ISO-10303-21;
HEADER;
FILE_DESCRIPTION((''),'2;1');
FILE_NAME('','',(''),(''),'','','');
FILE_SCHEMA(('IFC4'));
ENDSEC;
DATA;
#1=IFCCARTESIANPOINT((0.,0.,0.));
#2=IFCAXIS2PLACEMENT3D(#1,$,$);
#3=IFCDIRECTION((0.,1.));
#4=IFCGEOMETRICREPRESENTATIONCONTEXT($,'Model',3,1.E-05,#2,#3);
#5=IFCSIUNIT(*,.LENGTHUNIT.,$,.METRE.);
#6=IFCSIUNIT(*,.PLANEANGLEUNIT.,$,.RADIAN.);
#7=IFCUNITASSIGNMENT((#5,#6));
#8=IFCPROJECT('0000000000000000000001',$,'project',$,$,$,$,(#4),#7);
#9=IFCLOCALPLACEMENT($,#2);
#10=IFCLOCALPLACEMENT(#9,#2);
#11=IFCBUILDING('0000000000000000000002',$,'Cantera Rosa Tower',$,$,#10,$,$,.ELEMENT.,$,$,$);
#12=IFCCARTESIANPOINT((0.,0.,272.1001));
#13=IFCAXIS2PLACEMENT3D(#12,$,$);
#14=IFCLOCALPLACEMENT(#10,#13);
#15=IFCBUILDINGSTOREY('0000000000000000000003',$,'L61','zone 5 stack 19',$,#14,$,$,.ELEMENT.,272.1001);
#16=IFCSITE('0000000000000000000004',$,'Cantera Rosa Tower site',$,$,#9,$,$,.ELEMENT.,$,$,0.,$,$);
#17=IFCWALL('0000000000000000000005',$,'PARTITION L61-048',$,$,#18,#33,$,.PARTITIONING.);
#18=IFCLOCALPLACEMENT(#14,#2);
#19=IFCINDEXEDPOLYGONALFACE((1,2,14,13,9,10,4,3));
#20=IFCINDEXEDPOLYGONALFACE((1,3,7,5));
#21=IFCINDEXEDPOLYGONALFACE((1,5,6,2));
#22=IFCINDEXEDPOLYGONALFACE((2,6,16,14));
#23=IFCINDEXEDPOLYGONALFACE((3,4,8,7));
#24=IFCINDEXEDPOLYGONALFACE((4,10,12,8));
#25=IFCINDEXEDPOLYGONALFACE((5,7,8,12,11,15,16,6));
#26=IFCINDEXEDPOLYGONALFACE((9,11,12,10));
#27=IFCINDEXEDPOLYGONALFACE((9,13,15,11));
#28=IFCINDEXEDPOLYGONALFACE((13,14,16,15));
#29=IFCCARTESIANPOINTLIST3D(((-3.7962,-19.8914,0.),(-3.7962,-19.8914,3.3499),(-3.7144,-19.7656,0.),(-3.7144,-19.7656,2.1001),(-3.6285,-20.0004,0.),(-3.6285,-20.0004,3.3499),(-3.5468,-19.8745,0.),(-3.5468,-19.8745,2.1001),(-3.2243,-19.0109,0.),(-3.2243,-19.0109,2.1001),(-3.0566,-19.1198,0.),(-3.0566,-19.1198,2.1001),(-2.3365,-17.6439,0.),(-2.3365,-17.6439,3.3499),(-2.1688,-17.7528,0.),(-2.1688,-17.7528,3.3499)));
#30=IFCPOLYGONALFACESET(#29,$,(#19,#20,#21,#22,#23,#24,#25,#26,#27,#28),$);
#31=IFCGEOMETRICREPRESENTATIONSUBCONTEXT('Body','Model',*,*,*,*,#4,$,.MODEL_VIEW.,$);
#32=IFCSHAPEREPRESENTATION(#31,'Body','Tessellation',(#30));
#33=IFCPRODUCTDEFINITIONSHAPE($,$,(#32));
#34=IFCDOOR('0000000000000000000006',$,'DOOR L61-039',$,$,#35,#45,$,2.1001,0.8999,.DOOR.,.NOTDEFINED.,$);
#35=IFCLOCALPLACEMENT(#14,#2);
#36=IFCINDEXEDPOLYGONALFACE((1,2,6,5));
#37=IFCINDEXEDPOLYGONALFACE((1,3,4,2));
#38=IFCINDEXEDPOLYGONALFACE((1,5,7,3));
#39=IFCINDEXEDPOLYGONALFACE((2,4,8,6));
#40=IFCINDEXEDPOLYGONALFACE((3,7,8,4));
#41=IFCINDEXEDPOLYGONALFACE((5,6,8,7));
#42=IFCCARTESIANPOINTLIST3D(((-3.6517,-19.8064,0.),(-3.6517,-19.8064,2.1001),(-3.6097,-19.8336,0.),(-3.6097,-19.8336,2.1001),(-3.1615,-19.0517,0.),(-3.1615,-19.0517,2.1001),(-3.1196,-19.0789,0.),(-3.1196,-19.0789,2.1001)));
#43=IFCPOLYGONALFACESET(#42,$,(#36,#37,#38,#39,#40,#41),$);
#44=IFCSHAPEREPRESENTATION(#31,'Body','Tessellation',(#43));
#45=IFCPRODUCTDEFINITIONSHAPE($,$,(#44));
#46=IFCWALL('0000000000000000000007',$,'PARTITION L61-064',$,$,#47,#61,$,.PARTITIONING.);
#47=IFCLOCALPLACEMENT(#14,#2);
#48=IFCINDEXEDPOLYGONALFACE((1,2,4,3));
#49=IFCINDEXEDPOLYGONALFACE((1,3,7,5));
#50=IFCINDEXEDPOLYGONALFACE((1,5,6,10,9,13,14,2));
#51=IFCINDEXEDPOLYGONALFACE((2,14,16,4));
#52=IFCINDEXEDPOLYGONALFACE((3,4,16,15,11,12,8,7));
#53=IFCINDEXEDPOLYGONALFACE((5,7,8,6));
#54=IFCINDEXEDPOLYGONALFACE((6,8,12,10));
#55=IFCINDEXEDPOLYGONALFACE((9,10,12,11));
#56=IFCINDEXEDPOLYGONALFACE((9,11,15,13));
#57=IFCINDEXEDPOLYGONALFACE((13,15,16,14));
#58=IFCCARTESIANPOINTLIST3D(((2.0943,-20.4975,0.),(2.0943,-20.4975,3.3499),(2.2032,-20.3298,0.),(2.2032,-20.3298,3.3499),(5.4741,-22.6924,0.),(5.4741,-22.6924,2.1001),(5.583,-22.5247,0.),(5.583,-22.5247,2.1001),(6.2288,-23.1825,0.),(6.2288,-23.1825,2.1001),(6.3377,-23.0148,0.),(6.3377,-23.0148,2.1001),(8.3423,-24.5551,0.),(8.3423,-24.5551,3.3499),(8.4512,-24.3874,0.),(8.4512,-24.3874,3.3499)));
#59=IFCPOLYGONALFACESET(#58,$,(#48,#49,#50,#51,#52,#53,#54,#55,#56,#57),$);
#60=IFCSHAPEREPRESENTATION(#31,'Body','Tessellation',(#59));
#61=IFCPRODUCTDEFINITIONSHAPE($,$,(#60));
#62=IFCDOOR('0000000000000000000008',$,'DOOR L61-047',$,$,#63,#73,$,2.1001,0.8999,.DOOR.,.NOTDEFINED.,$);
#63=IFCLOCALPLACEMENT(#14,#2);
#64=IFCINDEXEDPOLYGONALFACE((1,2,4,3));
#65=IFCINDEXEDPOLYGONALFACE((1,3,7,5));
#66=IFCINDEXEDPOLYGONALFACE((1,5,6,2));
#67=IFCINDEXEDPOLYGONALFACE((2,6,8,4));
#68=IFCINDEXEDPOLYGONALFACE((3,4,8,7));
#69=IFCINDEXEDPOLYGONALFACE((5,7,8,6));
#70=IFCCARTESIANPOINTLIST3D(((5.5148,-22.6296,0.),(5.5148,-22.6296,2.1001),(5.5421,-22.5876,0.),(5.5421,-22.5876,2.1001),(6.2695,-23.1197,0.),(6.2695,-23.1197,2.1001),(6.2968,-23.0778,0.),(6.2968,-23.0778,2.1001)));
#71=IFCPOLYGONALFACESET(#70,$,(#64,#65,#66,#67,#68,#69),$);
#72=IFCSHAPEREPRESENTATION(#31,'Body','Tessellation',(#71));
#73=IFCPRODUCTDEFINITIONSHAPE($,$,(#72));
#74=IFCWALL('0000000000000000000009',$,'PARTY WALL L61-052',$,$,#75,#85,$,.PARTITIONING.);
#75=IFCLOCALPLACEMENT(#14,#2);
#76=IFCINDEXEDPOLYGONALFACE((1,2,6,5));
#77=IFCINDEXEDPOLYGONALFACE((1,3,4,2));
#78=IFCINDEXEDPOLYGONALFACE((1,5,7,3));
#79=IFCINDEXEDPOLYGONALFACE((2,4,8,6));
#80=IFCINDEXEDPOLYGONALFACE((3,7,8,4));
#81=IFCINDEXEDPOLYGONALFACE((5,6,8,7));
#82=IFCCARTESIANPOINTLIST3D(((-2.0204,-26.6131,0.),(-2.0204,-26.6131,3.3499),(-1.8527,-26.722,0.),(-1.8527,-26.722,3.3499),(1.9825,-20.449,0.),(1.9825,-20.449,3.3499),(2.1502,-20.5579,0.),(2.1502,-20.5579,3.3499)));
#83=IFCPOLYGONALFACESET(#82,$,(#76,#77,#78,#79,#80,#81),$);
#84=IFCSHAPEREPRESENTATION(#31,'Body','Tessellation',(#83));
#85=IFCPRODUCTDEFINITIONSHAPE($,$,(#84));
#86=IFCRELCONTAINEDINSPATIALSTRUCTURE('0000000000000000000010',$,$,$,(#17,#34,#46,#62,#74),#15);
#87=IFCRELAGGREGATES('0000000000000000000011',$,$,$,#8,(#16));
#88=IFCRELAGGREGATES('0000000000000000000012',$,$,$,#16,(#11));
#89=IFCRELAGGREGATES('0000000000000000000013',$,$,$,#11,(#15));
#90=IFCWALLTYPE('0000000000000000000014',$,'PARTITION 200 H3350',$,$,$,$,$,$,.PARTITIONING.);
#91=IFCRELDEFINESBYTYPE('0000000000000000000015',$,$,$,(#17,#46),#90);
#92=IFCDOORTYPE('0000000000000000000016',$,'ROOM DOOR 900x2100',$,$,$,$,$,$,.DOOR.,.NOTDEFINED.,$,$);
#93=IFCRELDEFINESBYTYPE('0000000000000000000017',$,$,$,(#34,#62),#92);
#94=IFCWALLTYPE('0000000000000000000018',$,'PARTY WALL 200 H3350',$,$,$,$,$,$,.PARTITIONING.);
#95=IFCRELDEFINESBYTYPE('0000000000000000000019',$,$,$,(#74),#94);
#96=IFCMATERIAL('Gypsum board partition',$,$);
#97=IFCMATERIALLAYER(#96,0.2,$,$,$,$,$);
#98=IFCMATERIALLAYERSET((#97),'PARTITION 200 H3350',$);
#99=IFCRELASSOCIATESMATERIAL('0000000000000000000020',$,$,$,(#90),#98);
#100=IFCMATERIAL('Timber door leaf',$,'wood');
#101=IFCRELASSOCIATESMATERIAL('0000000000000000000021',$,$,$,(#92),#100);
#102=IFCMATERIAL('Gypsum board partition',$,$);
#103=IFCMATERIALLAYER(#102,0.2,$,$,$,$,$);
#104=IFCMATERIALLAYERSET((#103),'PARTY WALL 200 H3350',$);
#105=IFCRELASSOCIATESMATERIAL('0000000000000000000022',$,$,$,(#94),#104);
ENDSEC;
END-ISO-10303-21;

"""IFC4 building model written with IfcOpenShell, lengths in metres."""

from ifc_helpers import new_model, si_unit, direction, frame, frame_2d, origin, place, context, subcontext, project, spatial, rectangle, extrude, material, layer, layer_set, type_object, element, fill, save


model = new_model("IFC4")

# Units and contexts
model_context = context("Model", 3, precision=1e-05, world=origin(), true_north=direction((0.0, 1.0)))
body_context = subcontext(model_context, "Body", "Model", "MODEL_VIEW")
ifc_project = project(units=[si_unit("LENGTHUNIT", "METRE"), si_unit("PLANEANGLEUNIT", "RADIAN")], contexts=[model_context])

# Site, building, storey
site_placement = place(None, origin())
site = spatial("IfcSite", under=ifc_project, at=site_placement, Name="Cantera Rosa Tower site", CompositionType="ELEMENT", RefElevation=0.0)
building_placement = place(site_placement, origin())
building = spatial("IfcBuilding", under=site, at=building_placement, Name="Cantera Rosa Tower", CompositionType="ELEMENT")
storey_placement = place(building_placement, frame((0.0, 0.0, 272.1001)))
storey = spatial("IfcBuildingStorey", under=building, at=storey_placement, Name="L61", Description="zone 5 stack 19", CompositionType="ELEMENT", Elevation=272.1001)

# Shared definitions
ifc_material_1 = material(Name="Gypsum board partition")
ifc_layer_1 = layer(ifc_material_1, 0.2)
ifc_layer_set_1 = layer_set([ifc_layer_1], Name="PARTITION 200 H3350")
wall_type_1 = type_object("IfcWallType", Name="PARTITION 200 H3350", PredefinedType="PARTITIONING", material=ifc_layer_set_1)

# Walls, openings, doors
wall_1_placement = place(storey_placement, frame((-2.2527, -17.6985, 0.0), z_axis=(0.0, 0.0, 1.0), x_axis=(-0.544675, -0.838648, 0.0)))
wall_1 = element("IfcWall", 1, at=wall_1_placement, inside=storey, type_object=wall_type_1, Name="PARTITION L61-048", PredefinedType="PARTITIONING", context=body_context, shape_type="SweptSolid", body=[
    extrude(rectangle(XDim=2.6799, YDim=0.2, at=frame_2d((1.3398, 0.0))), origin(), (0.0, 0.0, 1.0), 3.3499),
])
opening_1_placement = place(wall_1_placement, frame((1.6299, 0.0, 0.0)))
opening_1 = element("IfcOpeningElement", 2, at=opening_1_placement, cuts=wall_1, PredefinedType="OPENING", context=body_context, shape_type="SweptSolid", body=[
    extrude(rectangle(XDim=0.8999, YDim=2.1001, at=frame_2d((0.45, 1.05))), frame((0.0, 0.1099, 0.0), z_axis=(0.0, -1.0, 0.0), x_axis=(1.0, 0.0, 0.0)), (0.0, 0.0, 1.0), 0.22),
])
ifc_material_2 = material(Name="Timber door leaf", Category="wood")
door_type_1 = type_object("IfcDoorType", Name="ROOM DOOR 900x2100", OperationType="NOTDEFINED", PredefinedType="DOOR", material=ifc_material_2)
door_1_placement = place(opening_1_placement, origin())
door_1 = element("IfcDoor", 3, at=door_1_placement, inside=storey, type_object=door_type_1, Name="DOOR L61-039", OperationType="NOTDEFINED", OverallHeight=2.1001, OverallWidth=0.8999, PredefinedType="DOOR", context=body_context, shape_type="SweptSolid", body=[
    extrude(rectangle(XDim=0.8999, YDim=2.1001, at=frame_2d((0.45, 1.05))), frame((0.0, 0.0249, 0.0), z_axis=(0.0, -1.0, 0.0), x_axis=(1.0, 0.0, 0.0)), (0.0, 0.0, 1.0), 0.05),
])
fill(opening_1, door_1)
wall_2_placement = place(storey_placement, frame((2.1487, -20.4136, 0.0), z_axis=(0.0, 0.0, 1.0), x_axis=(0.838665, -0.544647, 0.0)))
wall_2 = element("IfcWall", 4, at=wall_2_placement, inside=storey, type_object=wall_type_1, Name="PARTITION L61-064", PredefinedType="PARTITIONING", context=body_context, shape_type="SweptSolid", body=[
    extrude(rectangle(XDim=7.45, YDim=0.2, at=frame_2d((3.7251, 0.0))), origin(), (0.0, 0.0, 1.0), 3.3499),
])
opening_2_placement = place(wall_2_placement, frame((4.03, 0.0, 0.0)))
opening_2 = element("IfcOpeningElement", 5, at=opening_2_placement, cuts=wall_2, PredefinedType="OPENING", context=body_context, shape_type="SweptSolid", body=[
    extrude(rectangle(XDim=0.8999, YDim=2.1001, at=frame_2d((0.45, 1.05))), frame((0.0, 0.1099, 0.0), z_axis=(0.0, -1.0, 0.0), x_axis=(1.0, 0.0, 0.0)), (0.0, 0.0, 1.0), 0.22),
])
door_2_placement = place(opening_2_placement, origin())
door_2 = element("IfcDoor", 6, at=door_2_placement, inside=storey, type_object=door_type_1, Name="DOOR L61-047", OperationType="NOTDEFINED", OverallHeight=2.1001, OverallWidth=0.8999, PredefinedType="DOOR", context=body_context, shape_type="SweptSolid", body=[
    extrude(rectangle(XDim=0.8999, YDim=2.1001, at=frame_2d((0.45, 1.05))), frame((0.0, 0.0249, 0.0), z_axis=(0.0, -1.0, 0.0), x_axis=(1.0, 0.0, 0.0)), (0.0, 0.0, 1.0), 0.05),
])
fill(opening_2, door_2)

# Wall
ifc_material_3 = material(Name="Gypsum board partition")
ifc_layer_2 = layer(ifc_material_3, 0.2)
ifc_layer_set_2 = layer_set([ifc_layer_2], Name="PARTY WALL 200 H3350")
wall_type_2 = type_object("IfcWallType", Name="PARTY WALL 200 H3350", PredefinedType="PARTITIONING", material=ifc_layer_set_2)
wall_3_placement = place(storey_placement, frame((-1.9365, -26.6675, 0.0), z_axis=(0.0, 0.0, 1.0), x_axis=(0.544633, 0.838674, 0.0)))
element("IfcWall", 7, at=wall_3_placement, inside=storey, type_object=wall_type_2, Name="PARTY WALL L61-052", PredefinedType="PARTITIONING", context=body_context, shape_type="SweptSolid", body=[
    extrude(rectangle(XDim=7.3499, YDim=0.2, at=frame_2d((3.6748, 0.0))), origin(), (0.0, 0.0, 1.0), 3.3499),
])

save(model, "model.ifc")
